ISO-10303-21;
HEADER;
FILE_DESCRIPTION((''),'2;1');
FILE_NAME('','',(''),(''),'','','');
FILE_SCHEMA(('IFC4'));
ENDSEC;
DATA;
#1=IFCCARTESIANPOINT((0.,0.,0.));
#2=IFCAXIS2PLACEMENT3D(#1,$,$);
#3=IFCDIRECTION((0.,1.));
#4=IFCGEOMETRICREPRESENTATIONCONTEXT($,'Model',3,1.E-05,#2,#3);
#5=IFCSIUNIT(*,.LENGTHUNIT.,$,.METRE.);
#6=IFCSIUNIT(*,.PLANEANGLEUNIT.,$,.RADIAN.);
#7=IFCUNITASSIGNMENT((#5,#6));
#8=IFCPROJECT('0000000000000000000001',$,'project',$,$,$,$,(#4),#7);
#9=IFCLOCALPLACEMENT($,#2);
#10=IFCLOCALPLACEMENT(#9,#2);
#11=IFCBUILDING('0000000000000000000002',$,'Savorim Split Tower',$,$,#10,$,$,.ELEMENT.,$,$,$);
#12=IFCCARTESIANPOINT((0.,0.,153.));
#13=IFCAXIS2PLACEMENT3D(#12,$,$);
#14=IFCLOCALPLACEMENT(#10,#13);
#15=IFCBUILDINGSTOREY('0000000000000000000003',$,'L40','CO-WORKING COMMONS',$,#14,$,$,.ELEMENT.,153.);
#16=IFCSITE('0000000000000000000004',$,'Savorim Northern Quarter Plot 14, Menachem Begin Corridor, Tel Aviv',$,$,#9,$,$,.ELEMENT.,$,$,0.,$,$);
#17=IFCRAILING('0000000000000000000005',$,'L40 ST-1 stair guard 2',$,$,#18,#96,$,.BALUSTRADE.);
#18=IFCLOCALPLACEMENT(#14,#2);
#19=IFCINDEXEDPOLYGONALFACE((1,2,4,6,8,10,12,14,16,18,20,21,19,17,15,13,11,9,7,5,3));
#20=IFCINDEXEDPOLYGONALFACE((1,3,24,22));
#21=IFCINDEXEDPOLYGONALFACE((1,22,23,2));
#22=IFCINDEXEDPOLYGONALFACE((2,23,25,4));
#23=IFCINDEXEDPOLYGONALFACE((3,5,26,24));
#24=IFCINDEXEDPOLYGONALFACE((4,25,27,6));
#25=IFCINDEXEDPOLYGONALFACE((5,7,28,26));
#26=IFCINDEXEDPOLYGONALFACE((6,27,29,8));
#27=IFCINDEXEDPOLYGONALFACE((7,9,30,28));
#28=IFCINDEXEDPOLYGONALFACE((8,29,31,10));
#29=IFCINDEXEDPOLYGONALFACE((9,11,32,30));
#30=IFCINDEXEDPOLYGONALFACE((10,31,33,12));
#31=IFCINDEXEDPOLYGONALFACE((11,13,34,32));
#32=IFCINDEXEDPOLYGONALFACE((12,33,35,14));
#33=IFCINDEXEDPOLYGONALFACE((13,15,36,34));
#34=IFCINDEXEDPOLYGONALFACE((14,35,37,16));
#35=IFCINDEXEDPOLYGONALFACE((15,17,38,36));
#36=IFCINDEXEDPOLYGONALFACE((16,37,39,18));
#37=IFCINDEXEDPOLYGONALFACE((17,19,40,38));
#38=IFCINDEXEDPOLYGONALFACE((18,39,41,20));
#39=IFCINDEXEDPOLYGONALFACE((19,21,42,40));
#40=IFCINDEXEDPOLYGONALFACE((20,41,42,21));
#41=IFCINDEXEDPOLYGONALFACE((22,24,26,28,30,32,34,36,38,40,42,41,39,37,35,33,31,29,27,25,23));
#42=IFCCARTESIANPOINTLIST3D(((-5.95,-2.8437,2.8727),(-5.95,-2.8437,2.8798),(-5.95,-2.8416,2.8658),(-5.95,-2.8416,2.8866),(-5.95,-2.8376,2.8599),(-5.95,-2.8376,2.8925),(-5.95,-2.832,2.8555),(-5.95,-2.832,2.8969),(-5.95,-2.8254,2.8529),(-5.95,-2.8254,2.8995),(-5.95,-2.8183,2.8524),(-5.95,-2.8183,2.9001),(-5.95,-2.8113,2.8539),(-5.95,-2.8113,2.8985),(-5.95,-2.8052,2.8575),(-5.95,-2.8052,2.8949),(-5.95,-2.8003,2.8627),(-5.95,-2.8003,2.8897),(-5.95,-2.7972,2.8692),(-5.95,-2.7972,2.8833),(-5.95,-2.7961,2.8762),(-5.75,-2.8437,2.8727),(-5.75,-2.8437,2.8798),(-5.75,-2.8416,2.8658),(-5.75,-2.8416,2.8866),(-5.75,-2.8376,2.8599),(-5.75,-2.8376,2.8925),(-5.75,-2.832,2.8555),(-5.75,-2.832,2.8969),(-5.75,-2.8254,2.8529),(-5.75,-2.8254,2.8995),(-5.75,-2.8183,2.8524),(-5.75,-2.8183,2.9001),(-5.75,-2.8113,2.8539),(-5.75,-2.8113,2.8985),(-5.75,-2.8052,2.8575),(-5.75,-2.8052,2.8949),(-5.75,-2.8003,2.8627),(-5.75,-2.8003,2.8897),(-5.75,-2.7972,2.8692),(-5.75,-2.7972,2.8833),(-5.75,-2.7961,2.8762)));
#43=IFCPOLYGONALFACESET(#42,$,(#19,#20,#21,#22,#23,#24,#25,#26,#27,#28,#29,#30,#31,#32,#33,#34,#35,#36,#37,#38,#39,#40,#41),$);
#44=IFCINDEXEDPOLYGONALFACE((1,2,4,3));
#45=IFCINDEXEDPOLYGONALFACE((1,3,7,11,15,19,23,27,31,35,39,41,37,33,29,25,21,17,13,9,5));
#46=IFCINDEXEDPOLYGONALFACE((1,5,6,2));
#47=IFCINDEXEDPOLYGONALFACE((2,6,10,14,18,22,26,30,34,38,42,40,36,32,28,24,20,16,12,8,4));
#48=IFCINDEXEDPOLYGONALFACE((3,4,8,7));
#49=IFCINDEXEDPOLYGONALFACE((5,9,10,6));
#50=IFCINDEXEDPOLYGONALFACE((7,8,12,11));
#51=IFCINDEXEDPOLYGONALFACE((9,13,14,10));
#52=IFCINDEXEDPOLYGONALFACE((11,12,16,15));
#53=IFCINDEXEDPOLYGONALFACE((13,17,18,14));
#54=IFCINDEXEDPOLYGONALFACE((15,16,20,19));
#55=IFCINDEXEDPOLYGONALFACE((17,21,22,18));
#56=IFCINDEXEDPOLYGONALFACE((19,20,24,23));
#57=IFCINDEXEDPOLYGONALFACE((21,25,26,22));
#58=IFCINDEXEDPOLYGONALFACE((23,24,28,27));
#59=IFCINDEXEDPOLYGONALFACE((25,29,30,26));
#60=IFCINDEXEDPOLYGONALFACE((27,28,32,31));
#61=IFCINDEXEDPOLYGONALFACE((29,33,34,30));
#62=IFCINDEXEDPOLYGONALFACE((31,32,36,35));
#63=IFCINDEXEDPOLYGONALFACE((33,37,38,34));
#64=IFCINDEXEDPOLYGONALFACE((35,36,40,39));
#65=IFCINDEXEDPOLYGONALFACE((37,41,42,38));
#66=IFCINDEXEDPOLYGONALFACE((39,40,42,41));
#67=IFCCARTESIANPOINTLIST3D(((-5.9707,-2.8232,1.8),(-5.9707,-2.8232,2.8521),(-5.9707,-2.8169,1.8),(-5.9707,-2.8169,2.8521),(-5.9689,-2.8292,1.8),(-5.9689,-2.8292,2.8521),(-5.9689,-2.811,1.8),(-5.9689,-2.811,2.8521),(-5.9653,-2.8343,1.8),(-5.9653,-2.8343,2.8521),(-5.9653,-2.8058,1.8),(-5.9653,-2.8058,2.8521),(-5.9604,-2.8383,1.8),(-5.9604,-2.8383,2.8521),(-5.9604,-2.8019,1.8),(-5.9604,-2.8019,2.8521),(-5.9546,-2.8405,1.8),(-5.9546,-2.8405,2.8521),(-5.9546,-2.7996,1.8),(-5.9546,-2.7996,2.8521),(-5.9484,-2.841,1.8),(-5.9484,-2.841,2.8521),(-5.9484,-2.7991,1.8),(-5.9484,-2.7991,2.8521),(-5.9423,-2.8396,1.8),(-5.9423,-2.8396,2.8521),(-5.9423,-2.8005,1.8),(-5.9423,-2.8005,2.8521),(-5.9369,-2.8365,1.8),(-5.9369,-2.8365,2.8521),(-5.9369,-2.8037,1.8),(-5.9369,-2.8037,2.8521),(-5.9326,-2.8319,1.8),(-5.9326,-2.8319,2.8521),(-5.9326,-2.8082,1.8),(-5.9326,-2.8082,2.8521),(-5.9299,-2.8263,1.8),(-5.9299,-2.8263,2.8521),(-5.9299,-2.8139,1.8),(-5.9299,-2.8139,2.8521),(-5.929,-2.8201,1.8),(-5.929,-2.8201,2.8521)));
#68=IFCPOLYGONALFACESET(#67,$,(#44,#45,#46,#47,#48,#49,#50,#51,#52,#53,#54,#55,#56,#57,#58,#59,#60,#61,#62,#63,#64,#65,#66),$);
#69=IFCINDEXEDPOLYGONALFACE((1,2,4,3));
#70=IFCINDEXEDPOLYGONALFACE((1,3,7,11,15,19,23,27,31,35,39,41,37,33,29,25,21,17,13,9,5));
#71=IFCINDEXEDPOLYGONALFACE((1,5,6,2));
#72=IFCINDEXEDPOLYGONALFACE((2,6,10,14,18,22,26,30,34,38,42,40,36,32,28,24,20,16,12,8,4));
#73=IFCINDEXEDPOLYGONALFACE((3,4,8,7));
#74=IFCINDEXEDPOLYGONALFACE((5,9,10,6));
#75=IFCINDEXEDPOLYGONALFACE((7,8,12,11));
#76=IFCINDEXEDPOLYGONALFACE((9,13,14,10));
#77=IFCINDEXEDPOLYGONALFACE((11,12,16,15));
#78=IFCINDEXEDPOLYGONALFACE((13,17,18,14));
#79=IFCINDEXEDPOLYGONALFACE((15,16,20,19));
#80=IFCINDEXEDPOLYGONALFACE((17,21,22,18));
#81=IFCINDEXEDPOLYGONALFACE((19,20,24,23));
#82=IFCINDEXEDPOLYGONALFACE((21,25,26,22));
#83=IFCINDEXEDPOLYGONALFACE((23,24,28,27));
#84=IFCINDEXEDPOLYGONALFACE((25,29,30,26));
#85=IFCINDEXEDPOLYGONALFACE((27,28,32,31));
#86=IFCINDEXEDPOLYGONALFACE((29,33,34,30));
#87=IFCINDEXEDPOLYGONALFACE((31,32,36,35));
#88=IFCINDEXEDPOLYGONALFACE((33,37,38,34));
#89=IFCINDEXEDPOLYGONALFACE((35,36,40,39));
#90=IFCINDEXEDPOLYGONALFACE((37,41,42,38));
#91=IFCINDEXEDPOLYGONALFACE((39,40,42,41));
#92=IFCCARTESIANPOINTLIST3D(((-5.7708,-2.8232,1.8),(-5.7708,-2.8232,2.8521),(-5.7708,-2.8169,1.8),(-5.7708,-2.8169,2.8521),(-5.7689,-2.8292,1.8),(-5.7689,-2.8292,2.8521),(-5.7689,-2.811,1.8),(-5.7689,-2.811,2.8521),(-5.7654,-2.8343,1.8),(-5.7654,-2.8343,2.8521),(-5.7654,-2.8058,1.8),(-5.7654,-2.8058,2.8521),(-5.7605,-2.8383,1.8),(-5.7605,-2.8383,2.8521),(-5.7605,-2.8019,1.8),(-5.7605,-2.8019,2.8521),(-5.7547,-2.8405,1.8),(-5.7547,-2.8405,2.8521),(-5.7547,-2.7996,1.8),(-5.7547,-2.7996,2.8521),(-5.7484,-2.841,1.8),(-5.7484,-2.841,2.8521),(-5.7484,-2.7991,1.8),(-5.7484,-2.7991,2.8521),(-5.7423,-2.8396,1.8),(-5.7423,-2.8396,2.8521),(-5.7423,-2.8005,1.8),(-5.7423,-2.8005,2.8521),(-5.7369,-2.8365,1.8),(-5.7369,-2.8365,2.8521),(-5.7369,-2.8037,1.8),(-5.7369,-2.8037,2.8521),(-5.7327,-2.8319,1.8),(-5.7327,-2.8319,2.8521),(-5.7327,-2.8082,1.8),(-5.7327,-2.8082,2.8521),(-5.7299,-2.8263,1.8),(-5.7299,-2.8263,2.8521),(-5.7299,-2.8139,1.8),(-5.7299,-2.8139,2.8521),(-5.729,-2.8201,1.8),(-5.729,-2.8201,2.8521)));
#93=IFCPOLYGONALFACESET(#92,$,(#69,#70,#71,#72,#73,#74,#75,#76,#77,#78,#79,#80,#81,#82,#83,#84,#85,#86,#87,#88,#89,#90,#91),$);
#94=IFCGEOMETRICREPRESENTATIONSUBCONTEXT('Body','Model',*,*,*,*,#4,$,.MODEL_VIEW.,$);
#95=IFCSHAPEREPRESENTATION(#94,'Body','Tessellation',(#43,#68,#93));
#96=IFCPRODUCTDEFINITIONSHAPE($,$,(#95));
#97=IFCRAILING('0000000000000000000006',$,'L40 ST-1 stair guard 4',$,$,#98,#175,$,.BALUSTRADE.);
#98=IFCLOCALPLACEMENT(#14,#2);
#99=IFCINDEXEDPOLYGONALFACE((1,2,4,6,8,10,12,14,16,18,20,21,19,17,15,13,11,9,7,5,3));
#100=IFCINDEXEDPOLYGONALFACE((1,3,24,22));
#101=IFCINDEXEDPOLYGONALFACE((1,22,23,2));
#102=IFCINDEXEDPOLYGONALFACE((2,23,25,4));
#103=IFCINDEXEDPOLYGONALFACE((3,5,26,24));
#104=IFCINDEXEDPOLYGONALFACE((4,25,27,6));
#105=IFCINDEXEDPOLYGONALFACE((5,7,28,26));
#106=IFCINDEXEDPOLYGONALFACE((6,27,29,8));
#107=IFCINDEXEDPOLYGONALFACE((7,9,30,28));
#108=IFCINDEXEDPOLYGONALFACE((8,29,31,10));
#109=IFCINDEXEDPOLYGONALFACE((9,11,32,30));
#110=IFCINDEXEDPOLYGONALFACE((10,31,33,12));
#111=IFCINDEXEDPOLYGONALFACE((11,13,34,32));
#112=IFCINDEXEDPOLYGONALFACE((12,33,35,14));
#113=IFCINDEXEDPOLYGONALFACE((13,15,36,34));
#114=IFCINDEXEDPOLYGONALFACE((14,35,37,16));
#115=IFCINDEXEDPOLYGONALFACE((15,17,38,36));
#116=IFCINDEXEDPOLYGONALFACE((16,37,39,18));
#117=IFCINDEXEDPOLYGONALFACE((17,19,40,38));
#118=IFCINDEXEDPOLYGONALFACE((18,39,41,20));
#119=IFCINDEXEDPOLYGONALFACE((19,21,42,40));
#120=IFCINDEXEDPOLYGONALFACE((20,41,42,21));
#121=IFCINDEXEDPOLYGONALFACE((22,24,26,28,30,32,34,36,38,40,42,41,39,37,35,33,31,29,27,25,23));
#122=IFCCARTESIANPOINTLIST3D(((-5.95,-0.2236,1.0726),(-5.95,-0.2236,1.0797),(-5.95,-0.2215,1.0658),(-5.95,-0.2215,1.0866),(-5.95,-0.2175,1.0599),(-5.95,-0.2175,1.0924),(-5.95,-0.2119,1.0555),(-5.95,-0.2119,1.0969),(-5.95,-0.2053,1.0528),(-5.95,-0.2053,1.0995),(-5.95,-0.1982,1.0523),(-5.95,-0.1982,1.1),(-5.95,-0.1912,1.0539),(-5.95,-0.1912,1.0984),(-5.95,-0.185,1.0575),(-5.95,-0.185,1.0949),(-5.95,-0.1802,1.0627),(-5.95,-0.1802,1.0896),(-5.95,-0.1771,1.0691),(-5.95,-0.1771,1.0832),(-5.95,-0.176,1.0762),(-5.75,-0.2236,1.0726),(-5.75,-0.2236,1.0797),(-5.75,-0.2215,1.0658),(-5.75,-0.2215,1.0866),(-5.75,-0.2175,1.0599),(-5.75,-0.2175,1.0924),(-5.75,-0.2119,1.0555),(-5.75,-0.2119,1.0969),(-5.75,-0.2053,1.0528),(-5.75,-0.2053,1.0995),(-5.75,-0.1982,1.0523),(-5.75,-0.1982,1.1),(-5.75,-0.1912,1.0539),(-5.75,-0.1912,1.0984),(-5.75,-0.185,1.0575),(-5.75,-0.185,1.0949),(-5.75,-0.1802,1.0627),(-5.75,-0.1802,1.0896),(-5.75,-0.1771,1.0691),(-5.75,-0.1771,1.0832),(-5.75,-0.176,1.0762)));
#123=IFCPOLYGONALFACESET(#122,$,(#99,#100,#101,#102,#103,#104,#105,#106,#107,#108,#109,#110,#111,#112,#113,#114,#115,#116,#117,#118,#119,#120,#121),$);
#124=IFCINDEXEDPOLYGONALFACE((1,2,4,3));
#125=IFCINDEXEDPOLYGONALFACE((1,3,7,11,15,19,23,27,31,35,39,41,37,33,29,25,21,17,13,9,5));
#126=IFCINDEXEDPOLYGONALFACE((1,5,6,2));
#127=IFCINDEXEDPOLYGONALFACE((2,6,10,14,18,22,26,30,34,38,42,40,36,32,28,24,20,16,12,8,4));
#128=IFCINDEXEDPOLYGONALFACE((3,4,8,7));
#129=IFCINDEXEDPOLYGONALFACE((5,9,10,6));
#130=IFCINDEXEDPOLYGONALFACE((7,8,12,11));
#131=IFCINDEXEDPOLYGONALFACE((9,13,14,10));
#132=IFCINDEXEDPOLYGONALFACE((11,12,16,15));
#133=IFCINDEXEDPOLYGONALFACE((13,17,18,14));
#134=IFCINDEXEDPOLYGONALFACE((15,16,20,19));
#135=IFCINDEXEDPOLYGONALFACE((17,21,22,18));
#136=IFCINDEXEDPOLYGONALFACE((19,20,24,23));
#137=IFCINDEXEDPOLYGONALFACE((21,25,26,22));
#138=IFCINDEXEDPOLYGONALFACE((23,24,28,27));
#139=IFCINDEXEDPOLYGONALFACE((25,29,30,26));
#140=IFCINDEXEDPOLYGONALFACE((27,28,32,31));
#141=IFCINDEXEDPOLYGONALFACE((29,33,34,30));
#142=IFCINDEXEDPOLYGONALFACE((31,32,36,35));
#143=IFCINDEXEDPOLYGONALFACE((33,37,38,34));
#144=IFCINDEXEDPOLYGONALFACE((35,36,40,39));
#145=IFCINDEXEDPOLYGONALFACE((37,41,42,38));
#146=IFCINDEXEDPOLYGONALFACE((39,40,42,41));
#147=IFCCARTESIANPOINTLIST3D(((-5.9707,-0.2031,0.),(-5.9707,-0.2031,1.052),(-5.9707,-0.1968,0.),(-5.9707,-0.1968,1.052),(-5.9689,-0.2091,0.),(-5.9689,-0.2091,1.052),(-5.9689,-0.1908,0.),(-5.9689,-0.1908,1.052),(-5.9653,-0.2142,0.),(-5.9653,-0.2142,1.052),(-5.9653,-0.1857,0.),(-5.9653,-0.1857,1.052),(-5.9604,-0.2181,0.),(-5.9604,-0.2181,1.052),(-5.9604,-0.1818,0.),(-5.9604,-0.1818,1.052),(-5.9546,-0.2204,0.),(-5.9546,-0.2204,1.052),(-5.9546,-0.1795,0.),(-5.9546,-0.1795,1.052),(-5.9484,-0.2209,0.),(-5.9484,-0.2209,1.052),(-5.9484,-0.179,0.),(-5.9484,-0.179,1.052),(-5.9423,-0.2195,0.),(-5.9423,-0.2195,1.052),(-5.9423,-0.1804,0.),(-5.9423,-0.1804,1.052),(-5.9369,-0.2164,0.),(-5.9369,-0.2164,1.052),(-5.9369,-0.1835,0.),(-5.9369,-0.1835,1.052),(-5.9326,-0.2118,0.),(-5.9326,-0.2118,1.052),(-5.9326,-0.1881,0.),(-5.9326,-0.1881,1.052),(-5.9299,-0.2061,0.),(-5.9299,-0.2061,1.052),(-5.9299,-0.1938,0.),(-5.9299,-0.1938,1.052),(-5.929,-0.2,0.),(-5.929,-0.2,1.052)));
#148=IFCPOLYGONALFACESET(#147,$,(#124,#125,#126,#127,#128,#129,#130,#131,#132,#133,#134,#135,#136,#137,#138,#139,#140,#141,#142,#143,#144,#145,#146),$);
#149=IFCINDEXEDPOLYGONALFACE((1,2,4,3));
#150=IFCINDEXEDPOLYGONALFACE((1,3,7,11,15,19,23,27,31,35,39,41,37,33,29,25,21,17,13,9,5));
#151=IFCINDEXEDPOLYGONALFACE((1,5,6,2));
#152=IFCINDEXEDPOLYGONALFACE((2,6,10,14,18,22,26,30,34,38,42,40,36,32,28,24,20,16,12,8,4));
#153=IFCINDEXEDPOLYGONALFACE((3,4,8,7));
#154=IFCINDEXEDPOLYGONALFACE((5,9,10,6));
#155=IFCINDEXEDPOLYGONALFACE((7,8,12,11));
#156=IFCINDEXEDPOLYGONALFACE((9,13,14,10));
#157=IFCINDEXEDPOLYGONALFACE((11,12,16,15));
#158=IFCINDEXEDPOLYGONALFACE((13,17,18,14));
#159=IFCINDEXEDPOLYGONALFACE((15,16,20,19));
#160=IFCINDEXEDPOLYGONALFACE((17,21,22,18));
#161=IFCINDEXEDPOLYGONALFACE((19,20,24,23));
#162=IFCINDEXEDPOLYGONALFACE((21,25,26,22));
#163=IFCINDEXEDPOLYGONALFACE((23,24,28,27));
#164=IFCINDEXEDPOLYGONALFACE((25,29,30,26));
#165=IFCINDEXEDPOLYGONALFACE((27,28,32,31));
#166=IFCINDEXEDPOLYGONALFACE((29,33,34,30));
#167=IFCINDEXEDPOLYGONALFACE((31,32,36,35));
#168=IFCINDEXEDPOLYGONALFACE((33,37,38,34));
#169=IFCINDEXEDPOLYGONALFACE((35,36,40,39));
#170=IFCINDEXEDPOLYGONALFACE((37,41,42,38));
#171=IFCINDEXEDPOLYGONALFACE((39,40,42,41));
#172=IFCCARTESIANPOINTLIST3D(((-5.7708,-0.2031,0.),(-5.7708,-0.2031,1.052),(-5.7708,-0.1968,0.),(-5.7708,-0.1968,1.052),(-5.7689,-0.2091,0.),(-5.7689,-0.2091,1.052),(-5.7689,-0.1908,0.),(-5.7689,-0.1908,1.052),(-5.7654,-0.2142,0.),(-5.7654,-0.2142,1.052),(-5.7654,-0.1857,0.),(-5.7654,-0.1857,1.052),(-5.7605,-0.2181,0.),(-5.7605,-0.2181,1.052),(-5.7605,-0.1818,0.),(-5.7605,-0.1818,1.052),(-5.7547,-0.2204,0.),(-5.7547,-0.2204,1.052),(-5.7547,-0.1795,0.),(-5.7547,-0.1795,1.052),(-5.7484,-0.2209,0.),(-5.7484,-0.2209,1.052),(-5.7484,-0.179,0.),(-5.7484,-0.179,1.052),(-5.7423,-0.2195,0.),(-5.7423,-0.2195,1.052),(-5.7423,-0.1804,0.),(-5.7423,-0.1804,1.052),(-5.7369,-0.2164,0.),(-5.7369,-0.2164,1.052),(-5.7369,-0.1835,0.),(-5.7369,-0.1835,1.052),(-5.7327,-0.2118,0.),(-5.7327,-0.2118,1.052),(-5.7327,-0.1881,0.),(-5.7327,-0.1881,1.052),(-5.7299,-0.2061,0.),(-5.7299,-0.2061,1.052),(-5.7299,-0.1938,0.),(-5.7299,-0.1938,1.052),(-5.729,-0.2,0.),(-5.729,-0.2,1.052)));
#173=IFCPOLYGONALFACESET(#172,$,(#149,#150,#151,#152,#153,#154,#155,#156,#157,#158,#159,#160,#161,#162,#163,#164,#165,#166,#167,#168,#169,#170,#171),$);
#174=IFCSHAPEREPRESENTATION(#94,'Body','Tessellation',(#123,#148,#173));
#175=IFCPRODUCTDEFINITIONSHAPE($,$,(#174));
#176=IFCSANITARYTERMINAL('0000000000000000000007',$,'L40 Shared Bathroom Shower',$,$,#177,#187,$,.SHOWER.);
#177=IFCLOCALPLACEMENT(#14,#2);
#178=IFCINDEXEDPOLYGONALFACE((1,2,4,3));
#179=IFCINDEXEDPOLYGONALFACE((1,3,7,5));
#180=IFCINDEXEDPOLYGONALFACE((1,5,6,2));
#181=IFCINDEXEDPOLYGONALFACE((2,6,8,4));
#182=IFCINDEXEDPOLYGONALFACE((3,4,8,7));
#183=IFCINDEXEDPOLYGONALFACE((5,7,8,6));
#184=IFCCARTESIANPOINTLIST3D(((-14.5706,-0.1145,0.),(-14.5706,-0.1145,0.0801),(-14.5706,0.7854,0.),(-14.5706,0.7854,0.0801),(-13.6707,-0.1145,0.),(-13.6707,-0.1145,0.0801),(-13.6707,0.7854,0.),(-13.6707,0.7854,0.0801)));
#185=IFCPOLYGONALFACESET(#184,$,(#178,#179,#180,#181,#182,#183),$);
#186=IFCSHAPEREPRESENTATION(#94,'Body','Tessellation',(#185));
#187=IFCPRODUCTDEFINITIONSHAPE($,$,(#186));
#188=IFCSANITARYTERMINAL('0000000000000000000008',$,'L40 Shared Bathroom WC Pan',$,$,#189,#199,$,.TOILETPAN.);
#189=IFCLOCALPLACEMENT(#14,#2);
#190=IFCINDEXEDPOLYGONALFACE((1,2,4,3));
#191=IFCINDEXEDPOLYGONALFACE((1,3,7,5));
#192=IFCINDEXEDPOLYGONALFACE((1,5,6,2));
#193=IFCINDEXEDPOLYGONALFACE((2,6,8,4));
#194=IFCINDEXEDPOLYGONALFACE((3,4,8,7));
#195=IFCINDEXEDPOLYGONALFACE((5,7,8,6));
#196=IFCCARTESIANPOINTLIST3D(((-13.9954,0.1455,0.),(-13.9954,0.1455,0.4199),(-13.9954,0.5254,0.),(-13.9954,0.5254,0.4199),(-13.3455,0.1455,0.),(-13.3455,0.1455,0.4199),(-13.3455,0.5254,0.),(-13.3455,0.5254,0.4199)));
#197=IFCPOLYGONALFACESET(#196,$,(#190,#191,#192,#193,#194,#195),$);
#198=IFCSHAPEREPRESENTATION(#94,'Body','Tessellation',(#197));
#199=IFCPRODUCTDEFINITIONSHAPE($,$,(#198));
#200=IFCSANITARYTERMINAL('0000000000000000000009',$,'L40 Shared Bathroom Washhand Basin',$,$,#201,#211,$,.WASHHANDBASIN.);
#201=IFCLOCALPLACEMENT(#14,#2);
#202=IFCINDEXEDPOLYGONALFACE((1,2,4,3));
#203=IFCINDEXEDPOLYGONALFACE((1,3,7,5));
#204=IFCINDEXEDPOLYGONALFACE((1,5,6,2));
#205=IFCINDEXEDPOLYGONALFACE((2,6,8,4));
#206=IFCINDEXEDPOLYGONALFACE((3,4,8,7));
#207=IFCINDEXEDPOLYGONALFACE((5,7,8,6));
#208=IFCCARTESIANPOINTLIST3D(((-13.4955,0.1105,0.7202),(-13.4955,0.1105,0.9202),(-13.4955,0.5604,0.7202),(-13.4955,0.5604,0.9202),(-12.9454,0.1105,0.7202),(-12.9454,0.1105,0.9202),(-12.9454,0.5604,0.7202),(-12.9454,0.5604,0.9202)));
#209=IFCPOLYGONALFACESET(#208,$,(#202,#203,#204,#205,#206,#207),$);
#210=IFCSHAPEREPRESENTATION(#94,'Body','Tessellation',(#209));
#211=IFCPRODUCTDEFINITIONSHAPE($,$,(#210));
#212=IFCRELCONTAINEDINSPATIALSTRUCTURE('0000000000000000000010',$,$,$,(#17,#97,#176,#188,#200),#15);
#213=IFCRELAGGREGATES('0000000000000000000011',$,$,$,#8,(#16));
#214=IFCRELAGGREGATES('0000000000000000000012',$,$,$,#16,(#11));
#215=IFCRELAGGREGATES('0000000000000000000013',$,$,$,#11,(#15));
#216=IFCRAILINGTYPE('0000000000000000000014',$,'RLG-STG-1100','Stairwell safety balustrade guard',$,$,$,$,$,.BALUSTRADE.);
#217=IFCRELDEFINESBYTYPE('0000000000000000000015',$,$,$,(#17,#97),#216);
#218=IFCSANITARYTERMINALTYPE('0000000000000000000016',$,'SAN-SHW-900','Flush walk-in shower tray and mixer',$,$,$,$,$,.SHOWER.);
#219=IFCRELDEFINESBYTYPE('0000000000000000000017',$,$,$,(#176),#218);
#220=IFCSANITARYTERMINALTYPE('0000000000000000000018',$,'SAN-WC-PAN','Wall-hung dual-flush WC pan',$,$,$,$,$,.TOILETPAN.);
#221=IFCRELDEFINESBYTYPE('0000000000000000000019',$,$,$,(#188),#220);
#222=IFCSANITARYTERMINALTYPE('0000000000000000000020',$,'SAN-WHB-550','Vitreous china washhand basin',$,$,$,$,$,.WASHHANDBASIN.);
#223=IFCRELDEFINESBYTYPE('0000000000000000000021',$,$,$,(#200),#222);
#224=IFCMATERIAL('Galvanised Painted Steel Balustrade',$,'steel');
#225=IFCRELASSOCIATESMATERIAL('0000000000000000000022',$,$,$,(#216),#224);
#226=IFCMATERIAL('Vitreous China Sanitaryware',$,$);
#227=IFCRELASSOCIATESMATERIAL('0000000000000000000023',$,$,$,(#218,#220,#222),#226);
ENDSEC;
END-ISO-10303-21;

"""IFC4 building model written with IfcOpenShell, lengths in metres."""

from ifc_helpers import new_model, si_unit, direction, frame, origin, origin_2d, place, context, subcontext, project, spatial, rectangle, circle, extrude, material, type_object, element, save


model = new_model("IFC4")

# Units and contexts
model_context = context("Model", 3, precision=1e-05, world=origin(), true_north=direction((0.0, 1.0)))
body_context = subcontext(model_context, "Body", "Model", "MODEL_VIEW")
ifc_project = project(units=[si_unit("LENGTHUNIT", "METRE"), si_unit("PLANEANGLEUNIT", "RADIAN")], contexts=[model_context])

# Site, building, storey
site_placement = place(None, origin())
site = spatial("IfcSite", under=ifc_project, at=site_placement, Name="Savorim Northern Quarter Plot 14, Menachem Begin Corridor, Tel Aviv", CompositionType="ELEMENT", RefElevation=0.0)
building_placement = place(site_placement, origin())
building = spatial("IfcBuilding", under=site, at=building_placement, Name="Savorim Split Tower", CompositionType="ELEMENT")
storey_placement = place(building_placement, frame((0.0, 0.0, 153.0)))
storey = spatial("IfcBuildingStorey", under=building, at=storey_placement, Name="L40", Description="CO-WORKING COMMONS", CompositionType="ELEMENT", Elevation=153.0)

# Railings
ifc_material_1 = material(Name="Galvanised Painted Steel Balustrade", Category="steel")
railing_type_1 = type_object("IfcRailingType", Name="RLG-STG-1100", Description="Stairwell safety balustrade guard", PredefinedType="BALUSTRADE", material=ifc_material_1)
for number, where, name in (
    (1, (-5.95, -2.8201, 1.8), "L40 ST-1 stair guard 2"),
    (2, (-5.95, -0.2, 0.0), "L40 ST-1 stair guard 4"),
):
    element("IfcRailing", number, at=place(storey_placement, frame(where)), inside=storey, type_object=railing_type_1, Name=name, PredefinedType="BALUSTRADE", context=body_context, shape_type="SweptSolid", body=[
        extrude(circle(Radius=0.0239, at=origin_2d()), frame((0.0, 0.0, 1.0762), z_axis=(1.0, 0.0, 0.0), x_axis=(0.0, 1.0, 0.0)), (0.0, 0.0, 1.0), 0.2),
        extrude(circle(Radius=0.021, at=origin_2d()), origin(), (0.0, 0.0, 1.0), 1.052),
        extrude(circle(Radius=0.021, at=origin_2d()), frame((0.2, 0.0, 0.0)), (0.0, 0.0, 1.0), 1.052),
    ])

# Sanitary terminals
ifc_material_2 = material(Name="Vitreous China Sanitaryware")
sanitary_terminal_type_1 = type_object("IfcSanitaryTerminalType", Name="SAN-SHW-900", Description="Flush walk-in shower tray and mixer", PredefinedType="SHOWER", material=ifc_material_2)
sanitary_terminal_1_placement = place(storey_placement, frame((-14.1206, 0.3354, 0.0), z_axis=(0.0, 0.0, 1.0), x_axis=(1.0, 0.0, 0.0)))
element("IfcSanitaryTerminal", 3, at=sanitary_terminal_1_placement, inside=storey, type_object=sanitary_terminal_type_1, Name="L40 Shared Bathroom Shower", PredefinedType="SHOWER", context=body_context, shape_type="SweptSolid", body=[
    extrude(rectangle(XDim=0.8999, YDim=0.8999, at=origin_2d()), origin(), (0.0, 0.0, 1.0), 0.0801),
])
sanitary_terminal_type_2 = type_object("IfcSanitaryTerminalType", Name="SAN-WC-PAN", Description="Wall-hung dual-flush WC pan", PredefinedType="TOILETPAN", material=ifc_material_2)
sanitary_terminal_2_placement = place(storey_placement, frame((-13.6704, 0.3354, 0.0), z_axis=(0.0, 0.0, 1.0), x_axis=(1.0, 0.0, 0.0)))
element("IfcSanitaryTerminal", 4, at=sanitary_terminal_2_placement, inside=storey, type_object=sanitary_terminal_type_2, Name="L40 Shared Bathroom WC Pan", PredefinedType="TOILETPAN", context=body_context, shape_type="SweptSolid", body=[
    extrude(rectangle(XDim=0.6499, YDim=0.3799, at=origin_2d()), origin(), (0.0, 0.0, 1.0), 0.4199),
])
sanitary_terminal_type_3 = type_object("IfcSanitaryTerminalType", Name="SAN-WHB-550", Description="Vitreous china washhand basin", PredefinedType="WASHHANDBASIN", material=ifc_material_2)
for number, where, z_axis, x_axis, name in (
    (5, (-13.2205, 0.3354, 0.7202), (0.0, 0.0, 1.0), (1.0, 0.0, 0.0), "L40 Shared Bathroom Washhand Basin"),
):
    element("IfcSanitaryTerminal", number, at=place(storey_placement, frame(where, z_axis=z_axis, x_axis=x_axis)), inside=storey, type_object=sanitary_terminal_type_3, Name=name, PredefinedType="WASHHANDBASIN", context=body_context, shape_type="SweptSolid", body=[
        extrude(rectangle(XDim=0.55, YDim=0.45, at=origin_2d()), origin(), (0.0, 0.0, 1.0), 0.2),
    ])

save(model, "model.ifc")
